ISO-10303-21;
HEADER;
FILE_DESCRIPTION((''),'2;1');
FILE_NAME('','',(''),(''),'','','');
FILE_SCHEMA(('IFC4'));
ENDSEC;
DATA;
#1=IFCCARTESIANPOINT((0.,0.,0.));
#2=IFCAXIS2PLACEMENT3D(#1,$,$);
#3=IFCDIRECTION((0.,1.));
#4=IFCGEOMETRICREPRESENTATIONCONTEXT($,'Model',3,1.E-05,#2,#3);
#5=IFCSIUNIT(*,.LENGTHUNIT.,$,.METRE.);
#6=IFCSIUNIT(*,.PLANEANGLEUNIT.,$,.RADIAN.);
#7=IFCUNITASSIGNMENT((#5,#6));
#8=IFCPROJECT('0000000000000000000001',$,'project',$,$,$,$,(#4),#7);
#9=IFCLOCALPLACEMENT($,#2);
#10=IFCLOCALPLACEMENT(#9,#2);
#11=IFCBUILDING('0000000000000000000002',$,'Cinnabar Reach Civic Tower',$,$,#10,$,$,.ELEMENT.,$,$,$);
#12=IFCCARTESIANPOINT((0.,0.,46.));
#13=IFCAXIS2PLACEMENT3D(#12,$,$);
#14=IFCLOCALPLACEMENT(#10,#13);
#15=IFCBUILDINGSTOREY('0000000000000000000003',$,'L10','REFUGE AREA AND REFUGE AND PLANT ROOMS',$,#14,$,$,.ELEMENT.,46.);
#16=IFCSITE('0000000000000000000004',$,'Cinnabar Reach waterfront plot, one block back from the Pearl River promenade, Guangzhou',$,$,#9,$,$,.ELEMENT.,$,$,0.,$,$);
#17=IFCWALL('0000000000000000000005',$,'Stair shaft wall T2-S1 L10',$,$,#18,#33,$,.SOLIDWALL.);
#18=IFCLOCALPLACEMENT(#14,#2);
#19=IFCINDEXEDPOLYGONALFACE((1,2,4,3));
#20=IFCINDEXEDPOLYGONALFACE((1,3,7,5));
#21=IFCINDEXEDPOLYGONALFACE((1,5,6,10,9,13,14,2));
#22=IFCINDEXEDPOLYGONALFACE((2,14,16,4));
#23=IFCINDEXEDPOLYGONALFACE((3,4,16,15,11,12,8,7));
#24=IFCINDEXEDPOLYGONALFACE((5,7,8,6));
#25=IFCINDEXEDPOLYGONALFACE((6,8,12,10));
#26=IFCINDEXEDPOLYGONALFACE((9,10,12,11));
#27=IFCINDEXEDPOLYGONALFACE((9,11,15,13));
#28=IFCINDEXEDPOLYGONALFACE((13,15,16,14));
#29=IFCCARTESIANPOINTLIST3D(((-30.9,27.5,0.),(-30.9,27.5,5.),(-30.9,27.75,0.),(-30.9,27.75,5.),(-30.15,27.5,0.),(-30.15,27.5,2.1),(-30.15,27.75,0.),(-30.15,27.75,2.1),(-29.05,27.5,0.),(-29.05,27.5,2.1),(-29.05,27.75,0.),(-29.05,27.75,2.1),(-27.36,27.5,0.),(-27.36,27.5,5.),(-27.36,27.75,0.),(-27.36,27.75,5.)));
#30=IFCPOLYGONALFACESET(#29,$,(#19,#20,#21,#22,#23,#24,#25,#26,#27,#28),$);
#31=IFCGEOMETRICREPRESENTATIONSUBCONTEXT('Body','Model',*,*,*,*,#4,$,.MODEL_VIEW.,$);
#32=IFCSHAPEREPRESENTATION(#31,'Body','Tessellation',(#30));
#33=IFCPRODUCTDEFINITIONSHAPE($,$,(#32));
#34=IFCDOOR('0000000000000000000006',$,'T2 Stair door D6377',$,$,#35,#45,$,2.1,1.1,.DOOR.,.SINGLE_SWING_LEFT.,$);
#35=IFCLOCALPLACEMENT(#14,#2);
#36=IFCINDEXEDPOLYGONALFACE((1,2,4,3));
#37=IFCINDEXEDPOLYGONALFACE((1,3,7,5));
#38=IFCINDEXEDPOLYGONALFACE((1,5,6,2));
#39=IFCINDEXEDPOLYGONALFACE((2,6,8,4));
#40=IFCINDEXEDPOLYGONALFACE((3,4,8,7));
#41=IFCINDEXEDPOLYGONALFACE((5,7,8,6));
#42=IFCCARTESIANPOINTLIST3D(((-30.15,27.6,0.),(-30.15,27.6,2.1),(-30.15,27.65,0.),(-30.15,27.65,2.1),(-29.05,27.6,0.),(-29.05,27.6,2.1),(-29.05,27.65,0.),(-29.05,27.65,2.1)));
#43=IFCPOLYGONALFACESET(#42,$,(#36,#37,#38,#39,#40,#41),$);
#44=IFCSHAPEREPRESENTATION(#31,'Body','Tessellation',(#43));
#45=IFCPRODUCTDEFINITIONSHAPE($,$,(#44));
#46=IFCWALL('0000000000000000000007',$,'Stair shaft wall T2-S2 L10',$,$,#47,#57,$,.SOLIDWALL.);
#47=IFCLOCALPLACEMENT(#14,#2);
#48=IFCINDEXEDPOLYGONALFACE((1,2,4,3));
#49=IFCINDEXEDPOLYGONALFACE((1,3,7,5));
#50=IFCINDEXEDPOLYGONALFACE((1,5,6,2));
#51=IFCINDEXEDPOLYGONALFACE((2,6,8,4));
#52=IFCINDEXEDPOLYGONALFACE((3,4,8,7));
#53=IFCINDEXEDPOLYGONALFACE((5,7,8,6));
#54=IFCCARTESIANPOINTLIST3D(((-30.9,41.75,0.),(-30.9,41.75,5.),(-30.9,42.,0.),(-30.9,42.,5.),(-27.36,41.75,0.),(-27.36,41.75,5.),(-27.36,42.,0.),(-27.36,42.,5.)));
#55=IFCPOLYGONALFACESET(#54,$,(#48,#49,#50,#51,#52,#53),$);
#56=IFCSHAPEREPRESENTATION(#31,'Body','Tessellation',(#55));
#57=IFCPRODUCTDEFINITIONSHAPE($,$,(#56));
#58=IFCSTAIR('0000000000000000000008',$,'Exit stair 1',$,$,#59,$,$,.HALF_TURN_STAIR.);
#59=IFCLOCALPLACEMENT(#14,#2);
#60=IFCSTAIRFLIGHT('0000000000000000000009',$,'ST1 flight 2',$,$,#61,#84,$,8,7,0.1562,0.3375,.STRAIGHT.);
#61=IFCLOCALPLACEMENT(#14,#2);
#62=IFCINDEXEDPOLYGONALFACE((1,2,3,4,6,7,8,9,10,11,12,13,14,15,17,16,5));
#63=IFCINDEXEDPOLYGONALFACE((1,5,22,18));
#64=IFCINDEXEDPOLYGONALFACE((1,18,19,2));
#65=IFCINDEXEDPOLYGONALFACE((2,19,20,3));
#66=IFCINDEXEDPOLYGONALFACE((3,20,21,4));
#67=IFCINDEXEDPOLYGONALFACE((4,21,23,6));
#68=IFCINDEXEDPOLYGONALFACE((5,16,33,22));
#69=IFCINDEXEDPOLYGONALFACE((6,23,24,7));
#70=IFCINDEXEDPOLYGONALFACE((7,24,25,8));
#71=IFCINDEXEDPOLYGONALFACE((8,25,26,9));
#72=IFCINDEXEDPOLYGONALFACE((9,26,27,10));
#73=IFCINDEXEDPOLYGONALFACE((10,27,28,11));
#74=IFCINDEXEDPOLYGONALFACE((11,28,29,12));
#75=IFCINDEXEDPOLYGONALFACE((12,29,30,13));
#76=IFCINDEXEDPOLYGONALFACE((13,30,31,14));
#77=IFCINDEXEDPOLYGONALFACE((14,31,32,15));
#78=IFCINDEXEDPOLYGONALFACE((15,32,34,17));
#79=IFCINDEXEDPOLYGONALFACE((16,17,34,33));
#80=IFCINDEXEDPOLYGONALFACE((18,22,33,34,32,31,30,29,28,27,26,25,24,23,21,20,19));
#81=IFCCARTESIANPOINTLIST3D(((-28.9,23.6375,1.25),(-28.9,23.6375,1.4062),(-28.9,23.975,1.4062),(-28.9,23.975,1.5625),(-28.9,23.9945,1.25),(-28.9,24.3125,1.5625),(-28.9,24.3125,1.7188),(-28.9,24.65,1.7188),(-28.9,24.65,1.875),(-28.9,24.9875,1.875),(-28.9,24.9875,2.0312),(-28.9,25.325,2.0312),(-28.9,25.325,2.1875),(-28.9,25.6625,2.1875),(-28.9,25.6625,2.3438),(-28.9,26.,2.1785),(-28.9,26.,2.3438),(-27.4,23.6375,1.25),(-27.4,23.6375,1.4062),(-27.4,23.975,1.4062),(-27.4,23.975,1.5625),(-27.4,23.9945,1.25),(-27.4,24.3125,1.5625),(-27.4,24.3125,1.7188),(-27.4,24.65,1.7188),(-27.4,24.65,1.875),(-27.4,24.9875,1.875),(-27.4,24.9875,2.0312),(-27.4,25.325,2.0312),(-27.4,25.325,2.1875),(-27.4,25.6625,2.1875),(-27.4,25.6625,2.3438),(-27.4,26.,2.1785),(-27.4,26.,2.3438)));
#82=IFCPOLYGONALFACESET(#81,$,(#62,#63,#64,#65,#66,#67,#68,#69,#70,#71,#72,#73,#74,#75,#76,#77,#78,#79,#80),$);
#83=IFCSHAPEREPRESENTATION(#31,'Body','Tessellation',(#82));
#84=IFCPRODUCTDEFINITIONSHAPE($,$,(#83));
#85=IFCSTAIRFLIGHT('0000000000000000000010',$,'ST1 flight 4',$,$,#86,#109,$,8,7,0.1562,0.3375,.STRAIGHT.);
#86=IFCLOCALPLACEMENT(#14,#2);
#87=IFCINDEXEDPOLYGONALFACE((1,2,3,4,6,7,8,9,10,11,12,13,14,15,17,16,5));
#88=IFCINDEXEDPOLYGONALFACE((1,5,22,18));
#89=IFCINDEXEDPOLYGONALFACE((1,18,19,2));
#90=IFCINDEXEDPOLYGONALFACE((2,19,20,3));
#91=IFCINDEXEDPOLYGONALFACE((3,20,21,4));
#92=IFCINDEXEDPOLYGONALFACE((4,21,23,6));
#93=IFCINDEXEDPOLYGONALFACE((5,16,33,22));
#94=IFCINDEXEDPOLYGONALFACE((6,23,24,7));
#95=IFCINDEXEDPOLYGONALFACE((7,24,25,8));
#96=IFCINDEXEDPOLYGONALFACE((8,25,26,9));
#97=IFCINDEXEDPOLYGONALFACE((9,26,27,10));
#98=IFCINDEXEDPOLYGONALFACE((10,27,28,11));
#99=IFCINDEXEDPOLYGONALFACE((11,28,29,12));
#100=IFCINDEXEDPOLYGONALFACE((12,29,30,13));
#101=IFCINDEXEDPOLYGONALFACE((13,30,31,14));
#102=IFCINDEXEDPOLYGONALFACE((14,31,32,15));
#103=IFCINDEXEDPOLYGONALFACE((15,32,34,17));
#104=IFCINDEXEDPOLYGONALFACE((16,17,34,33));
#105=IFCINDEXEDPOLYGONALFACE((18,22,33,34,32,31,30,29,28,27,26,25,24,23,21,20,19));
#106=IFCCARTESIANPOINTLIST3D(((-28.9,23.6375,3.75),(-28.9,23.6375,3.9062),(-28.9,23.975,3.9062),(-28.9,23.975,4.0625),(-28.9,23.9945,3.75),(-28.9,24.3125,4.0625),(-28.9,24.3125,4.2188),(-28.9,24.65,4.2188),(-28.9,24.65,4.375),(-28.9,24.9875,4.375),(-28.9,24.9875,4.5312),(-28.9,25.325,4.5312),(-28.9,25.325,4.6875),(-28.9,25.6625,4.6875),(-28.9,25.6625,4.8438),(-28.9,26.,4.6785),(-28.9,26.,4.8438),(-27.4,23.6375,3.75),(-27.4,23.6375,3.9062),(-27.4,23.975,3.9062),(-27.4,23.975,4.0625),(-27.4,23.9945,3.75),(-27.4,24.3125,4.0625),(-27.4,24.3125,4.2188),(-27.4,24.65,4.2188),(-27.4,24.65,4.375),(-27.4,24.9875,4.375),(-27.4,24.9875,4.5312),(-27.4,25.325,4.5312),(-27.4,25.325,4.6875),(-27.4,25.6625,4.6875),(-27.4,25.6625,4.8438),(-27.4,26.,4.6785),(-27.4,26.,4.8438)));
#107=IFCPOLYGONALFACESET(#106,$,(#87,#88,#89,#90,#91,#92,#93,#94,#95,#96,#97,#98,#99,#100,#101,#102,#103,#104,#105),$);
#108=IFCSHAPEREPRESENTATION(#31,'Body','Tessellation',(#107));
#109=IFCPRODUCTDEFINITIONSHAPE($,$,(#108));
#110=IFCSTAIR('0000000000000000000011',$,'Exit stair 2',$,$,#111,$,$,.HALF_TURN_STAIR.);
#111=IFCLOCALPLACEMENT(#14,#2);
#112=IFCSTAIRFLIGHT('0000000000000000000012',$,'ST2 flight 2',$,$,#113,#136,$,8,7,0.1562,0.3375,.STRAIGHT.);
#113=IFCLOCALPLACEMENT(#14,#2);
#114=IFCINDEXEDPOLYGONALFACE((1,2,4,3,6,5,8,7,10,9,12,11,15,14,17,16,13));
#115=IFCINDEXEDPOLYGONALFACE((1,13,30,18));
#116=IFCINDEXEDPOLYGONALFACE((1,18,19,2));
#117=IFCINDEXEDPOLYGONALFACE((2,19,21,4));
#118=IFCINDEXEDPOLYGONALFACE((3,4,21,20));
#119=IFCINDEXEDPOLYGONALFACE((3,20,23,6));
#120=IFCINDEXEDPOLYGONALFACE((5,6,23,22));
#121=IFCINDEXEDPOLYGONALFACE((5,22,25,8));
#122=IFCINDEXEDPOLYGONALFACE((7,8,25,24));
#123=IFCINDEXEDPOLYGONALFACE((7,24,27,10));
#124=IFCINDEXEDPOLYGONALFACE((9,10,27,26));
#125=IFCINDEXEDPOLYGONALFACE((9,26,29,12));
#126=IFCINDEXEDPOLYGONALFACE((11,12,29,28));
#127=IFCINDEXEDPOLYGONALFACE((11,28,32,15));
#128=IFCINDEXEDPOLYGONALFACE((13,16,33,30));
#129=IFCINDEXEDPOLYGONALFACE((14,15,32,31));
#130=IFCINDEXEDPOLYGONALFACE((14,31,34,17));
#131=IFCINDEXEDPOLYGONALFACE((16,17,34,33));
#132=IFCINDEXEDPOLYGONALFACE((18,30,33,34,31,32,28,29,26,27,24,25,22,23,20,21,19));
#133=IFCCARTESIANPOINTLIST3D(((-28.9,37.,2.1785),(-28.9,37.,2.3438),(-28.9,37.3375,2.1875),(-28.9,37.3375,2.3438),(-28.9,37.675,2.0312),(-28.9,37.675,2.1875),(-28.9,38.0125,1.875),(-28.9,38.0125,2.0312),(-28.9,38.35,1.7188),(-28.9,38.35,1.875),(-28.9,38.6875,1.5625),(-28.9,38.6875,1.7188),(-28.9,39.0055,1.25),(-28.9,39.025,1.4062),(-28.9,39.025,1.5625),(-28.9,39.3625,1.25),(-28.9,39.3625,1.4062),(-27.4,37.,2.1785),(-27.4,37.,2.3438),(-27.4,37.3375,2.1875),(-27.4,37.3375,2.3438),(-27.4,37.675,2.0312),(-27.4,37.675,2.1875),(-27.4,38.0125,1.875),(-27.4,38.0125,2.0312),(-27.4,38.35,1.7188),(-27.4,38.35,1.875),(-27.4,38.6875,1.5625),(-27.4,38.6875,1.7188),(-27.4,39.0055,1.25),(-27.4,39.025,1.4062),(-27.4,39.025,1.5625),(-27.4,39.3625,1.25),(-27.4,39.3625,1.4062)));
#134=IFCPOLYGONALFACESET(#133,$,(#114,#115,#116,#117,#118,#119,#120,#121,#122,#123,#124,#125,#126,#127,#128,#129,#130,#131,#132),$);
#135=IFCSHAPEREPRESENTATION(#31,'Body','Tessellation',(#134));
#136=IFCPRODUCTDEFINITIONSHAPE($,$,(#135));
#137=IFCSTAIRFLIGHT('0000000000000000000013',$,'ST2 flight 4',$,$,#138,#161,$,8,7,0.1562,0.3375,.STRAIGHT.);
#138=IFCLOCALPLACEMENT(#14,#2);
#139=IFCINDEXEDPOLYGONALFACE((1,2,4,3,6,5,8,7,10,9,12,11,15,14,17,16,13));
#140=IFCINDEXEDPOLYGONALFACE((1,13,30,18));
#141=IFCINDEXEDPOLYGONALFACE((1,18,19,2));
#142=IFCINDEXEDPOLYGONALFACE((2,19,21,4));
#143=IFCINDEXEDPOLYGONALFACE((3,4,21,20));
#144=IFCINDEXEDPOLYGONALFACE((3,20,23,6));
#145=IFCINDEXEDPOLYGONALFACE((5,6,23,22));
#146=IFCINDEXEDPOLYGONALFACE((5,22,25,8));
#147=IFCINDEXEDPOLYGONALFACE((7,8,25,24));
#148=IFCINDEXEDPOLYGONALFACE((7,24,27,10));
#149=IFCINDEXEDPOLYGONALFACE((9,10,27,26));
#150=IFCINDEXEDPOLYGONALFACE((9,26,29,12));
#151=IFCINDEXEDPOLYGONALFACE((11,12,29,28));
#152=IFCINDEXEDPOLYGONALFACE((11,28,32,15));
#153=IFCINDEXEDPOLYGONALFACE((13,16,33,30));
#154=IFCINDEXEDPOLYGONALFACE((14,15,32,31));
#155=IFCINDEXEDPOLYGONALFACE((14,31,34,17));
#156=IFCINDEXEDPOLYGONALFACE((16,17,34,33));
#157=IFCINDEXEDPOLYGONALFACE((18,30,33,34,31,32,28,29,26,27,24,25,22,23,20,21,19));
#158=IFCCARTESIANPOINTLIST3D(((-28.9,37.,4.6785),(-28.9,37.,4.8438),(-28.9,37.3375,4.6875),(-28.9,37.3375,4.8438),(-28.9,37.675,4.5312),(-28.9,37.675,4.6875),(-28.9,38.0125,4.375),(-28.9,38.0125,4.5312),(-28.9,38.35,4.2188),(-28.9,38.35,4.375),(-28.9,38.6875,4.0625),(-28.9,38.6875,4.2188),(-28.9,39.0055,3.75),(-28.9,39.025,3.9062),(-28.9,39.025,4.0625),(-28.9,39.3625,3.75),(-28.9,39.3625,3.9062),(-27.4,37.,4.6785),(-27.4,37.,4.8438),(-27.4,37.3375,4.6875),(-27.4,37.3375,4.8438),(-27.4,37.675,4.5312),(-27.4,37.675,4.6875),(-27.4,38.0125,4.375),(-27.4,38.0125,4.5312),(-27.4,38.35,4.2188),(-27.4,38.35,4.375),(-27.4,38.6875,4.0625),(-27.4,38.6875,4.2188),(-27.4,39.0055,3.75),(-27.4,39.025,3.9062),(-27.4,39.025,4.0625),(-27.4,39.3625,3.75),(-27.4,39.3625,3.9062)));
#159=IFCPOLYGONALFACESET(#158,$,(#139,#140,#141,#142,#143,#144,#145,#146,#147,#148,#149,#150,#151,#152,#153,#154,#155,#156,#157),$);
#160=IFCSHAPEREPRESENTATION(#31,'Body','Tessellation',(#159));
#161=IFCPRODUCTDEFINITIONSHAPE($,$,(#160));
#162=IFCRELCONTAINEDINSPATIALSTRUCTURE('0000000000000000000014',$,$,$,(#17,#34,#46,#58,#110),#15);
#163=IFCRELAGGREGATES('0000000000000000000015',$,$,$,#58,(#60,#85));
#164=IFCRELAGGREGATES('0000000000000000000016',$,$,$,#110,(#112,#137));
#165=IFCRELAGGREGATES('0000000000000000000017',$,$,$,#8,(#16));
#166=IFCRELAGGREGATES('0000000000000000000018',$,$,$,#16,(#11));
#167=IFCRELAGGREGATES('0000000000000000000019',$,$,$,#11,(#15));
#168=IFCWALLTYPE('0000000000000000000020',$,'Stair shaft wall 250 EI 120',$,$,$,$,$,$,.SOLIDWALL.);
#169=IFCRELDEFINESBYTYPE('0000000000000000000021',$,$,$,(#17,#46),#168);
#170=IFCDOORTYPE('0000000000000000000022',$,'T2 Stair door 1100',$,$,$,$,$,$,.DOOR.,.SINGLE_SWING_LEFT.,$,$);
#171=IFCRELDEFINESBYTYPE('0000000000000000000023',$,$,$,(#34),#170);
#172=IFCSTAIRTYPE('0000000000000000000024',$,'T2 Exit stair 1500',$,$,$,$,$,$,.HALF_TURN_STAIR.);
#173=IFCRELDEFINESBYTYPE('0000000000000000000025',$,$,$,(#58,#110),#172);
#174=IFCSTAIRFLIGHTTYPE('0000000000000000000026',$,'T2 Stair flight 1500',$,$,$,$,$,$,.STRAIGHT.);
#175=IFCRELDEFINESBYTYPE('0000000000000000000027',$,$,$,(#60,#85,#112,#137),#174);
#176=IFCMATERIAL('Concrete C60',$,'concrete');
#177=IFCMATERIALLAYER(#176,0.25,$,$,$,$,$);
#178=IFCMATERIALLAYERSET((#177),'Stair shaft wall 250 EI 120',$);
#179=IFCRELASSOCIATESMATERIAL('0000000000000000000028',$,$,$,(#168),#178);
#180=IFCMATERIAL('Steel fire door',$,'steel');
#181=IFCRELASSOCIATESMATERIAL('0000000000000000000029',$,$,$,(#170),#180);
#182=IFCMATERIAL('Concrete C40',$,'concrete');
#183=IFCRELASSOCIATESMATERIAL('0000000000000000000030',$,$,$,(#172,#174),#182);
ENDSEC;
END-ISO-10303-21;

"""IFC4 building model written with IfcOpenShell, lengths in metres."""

from ifc_helpers import new_model, si_unit, direction, frame, frame_2d, origin, place, context, subcontext, project, spatial, polyline, rectangle, outline, extrude, material, layer, layer_set, type_object, element, fill, aggregate, save


model = new_model("IFC4")

# Units and contexts
model_context = context("Model", 3, precision=1e-05, world=origin(), true_north=direction((0.0, 1.0)))
body_context = subcontext(model_context, "Body", "Model", "MODEL_VIEW")
ifc_project = project(units=[si_unit("LENGTHUNIT", "METRE"), si_unit("PLANEANGLEUNIT", "RADIAN")], contexts=[model_context])

# Site, building, storey
site_placement = place(None, origin())
site = spatial("IfcSite", under=ifc_project, at=site_placement, Name="Cinnabar Reach waterfront plot, one block back from the Pearl River promenade, Guangzhou", CompositionType="ELEMENT", RefElevation=0.0)
building_placement = place(site_placement, origin())
building = spatial("IfcBuilding", under=site, at=building_placement, Name="Cinnabar Reach Civic Tower", CompositionType="ELEMENT")
storey_placement = place(building_placement, frame((0.0, 0.0, 46.0)))
storey = spatial("IfcBuildingStorey", under=building, at=storey_placement, Name="L10", Description="REFUGE AREA AND REFUGE AND PLANT ROOMS", CompositionType="ELEMENT", Elevation=46.0)

# Shared definitions
ifc_material_1 = material(Name="Concrete C40", Category="concrete")

# Wall, opening, door
ifc_material_2 = material(Name="Concrete C60", Category="concrete")
ifc_layer_1 = layer(ifc_material_2, 0.25)
ifc_layer_set_1 = layer_set([ifc_layer_1], Name="Stair shaft wall 250 EI 120")
wall_type_1 = type_object("IfcWallType", Name="Stair shaft wall 250 EI 120", PredefinedType="SOLIDWALL", material=ifc_layer_set_1)
wall_1_placement = place(storey_placement, frame((-27.36, 27.625, 0.0), z_axis=(0.0, 0.0, 1.0), x_axis=(-1.0, 0.0, 0.0)))
wall_1 = element("IfcWall", 1, at=wall_1_placement, inside=storey, type_object=wall_type_1, Name="Stair shaft wall T2-S1 L10", PredefinedType="SOLIDWALL", context=body_context, shape_type="SweptSolid", body=[
    extrude(rectangle(XDim=3.54, YDim=0.25, at=frame_2d((1.77, 0.0))), origin(), (0.0, 0.0, 1.0), 5.0),
])
opening_1_placement = place(wall_1_placement, frame((1.69, 0.0, 0.0)))
opening_1 = element("IfcOpeningElement", 2, at=opening_1_placement, cuts=wall_1, PredefinedType="OPENING", context=body_context, shape_type="SweptSolid", body=[
    extrude(rectangle(XDim=1.1, YDim=2.1, at=frame_2d((0.55, 1.05))), frame((0.0, 0.135, 0.0), z_axis=(0.0, -1.0, 0.0), x_axis=(1.0, 0.0, 0.0)), (0.0, 0.0, 1.0), 0.27),
])
ifc_material_3 = material(Name="Steel fire door", Category="steel")
door_type = type_object("IfcDoorType", Name="T2 Stair door 1100", OperationType="SINGLE_SWING_LEFT", PredefinedType="DOOR", material=ifc_material_3)
door_placement = place(opening_1_placement, origin())
door = element("IfcDoor", 3, at=door_placement, inside=storey, type_object=door_type, Name="T2 Stair door D6377", OperationType="SINGLE_SWING_LEFT", OverallHeight=2.1, OverallWidth=1.1, PredefinedType="DOOR", context=body_context, shape_type="SweptSolid", body=[
    extrude(rectangle(XDim=1.1, YDim=2.1, at=frame_2d((0.55, 1.05))), frame((0.0, 0.025, 0.0), z_axis=(0.0, -1.0, 0.0), x_axis=(1.0, 0.0, 0.0)), (0.0, 0.0, 1.0), 0.05),
])
fill(opening_1, door)

# Wall
wall_2_placement = place(storey_placement, frame((-27.36, 41.875, 0.0), z_axis=(0.0, 0.0, 1.0), x_axis=(-1.0, 0.0, 0.0)))
element("IfcWall", 4, at=wall_2_placement, inside=storey, type_object=wall_type_1, Name="Stair shaft wall T2-S2 L10", PredefinedType="SOLIDWALL", context=body_context, shape_type="SweptSolid", body=[
    extrude(rectangle(XDim=3.54, YDim=0.25, at=frame_2d((1.77, 0.0))), origin(), (0.0, 0.0, 1.0), 5.0),
])

# Stairs, stair flights
stair_type = type_object("IfcStairType", Name="T2 Exit stair 1500", PredefinedType="HALF_TURN_STAIR", material=ifc_material_1)
stair_1_placement = place(storey_placement, origin())
stair_1 = element("IfcStair", 5, at=stair_1_placement, inside=storey, type_object=stair_type, Name="Exit stair 1", PredefinedType="HALF_TURN_STAIR")
stair_flight_type = type_object("IfcStairFlightType", Name="T2 Stair flight 1500", PredefinedType="STRAIGHT", material=ifc_material_1)
stair_flight_1_placement = place(storey_placement, frame((-28.15, 23.6375, 1.25), z_axis=(0.0, 0.0, 1.0), x_axis=(0.0, 1.0, 0.0)))
stair_flight_1 = element("IfcStairFlight", 6, at=stair_flight_1_placement, type_object=stair_flight_type, Name="ST1 flight 2", NumberOfRisers=8, NumberOfTreads=7, PredefinedType="STRAIGHT", RiserHeight=0.1562, TreadLength=0.3375, context=body_context, shape_type="SweptSolid", body=[
    extrude(outline(polyline([(0.0, 0.0), (0.0, 0.1562), (0.3375, 0.1562), (0.3375, 0.3125), (0.675, 0.3125), (0.675, 0.4688), (1.0125, 0.4688), (1.0125, 0.625), (1.35, 0.625), (1.35, 0.7812), (1.6875, 0.7812), (1.6875, 0.9375), (2.025, 0.9375), (2.025, 1.0938), (2.3625, 1.0938), (2.3625, 1.25), (2.3625, 0.9285), (0.357, 0.0), (0.0, 0.0)])), frame((0.0, 0.75, 0.0), z_axis=(0.0, -1.0, 0.0), x_axis=(1.0, 0.0, 0.0)), (0.0, 0.0, 1.0), 1.5),
])
stair_flight_2_placement = place(storey_placement, frame((-28.15, 23.6375, 3.75), z_axis=(0.0, 0.0, 1.0), x_axis=(0.0, 1.0, 0.0)))
stair_flight_2 = element("IfcStairFlight", 7, at=stair_flight_2_placement, type_object=stair_flight_type, Name="ST1 flight 4", NumberOfRisers=8, NumberOfTreads=7, PredefinedType="STRAIGHT", RiserHeight=0.1562, TreadLength=0.3375, context=body_context, shape_type="SweptSolid", body=[
    extrude(outline(polyline([(0.0, 0.0), (0.0, 0.1562), (0.3375, 0.1562), (0.3375, 0.3125), (0.675, 0.3125), (0.675, 0.4688), (1.0125, 0.4688), (1.0125, 0.625), (1.35, 0.625), (1.35, 0.7812), (1.6875, 0.7812), (1.6875, 0.9375), (2.025, 0.9375), (2.025, 1.0938), (2.3625, 1.0938), (2.3625, 1.25), (2.3625, 0.9285), (0.357, 0.0), (0.0, 0.0)])), frame((0.0, 0.75, 0.0), z_axis=(0.0, -1.0, 0.0), x_axis=(1.0, 0.0, 0.0)), (0.0, 0.0, 1.0), 1.5),
])
aggregate(stair_1, [stair_flight_1, stair_flight_2])
stair_2_placement = place(storey_placement, origin())
stair_2 = element("IfcStair", 8, at=stair_2_placement, inside=storey, type_object=stair_type, Name="Exit stair 2", PredefinedType="HALF_TURN_STAIR")
stair_flight_3_placement = place(storey_placement, frame((-28.15, 39.3625, 1.25), z_axis=(0.0, 0.0, 1.0), x_axis=(0.0, -1.0, 0.0)))
stair_flight_3 = element("IfcStairFlight", 9, at=stair_flight_3_placement, type_object=stair_flight_type, Name="ST2 flight 2", NumberOfRisers=8, NumberOfTreads=7, PredefinedType="STRAIGHT", RiserHeight=0.1562, TreadLength=0.3375, context=body_context, shape_type="SweptSolid", body=[
    extrude(outline(polyline([(0.0, 0.0), (0.0, 0.1562), (0.3375, 0.1562), (0.3375, 0.3125), (0.675, 0.3125), (0.675, 0.4688), (1.0125, 0.4688), (1.0125, 0.625), (1.35, 0.625), (1.35, 0.7812), (1.6875, 0.7812), (1.6875, 0.9375), (2.025, 0.9375), (2.025, 1.0938), (2.3625, 1.0938), (2.3625, 1.25), (2.3625, 0.9285), (0.357, 0.0), (0.0, 0.0)])), frame((0.0, 0.75, 0.0), z_axis=(0.0, -1.0, 0.0), x_axis=(1.0, 0.0, 0.0)), (0.0, 0.0, 1.0), 1.5),
])
stair_flight_4_placement = place(storey_placement, frame((-28.15, 39.3625, 3.75), z_axis=(0.0, 0.0, 1.0), x_axis=(0.0, -1.0, 0.0)))
stair_flight_4 = element("IfcStairFlight", 10, at=stair_flight_4_placement, type_object=stair_flight_type, Name="ST2 flight 4", NumberOfRisers=8, NumberOfTreads=7, PredefinedType="STRAIGHT", RiserHeight=0.1562, TreadLength=0.3375, context=body_context, shape_type="SweptSolid", body=[
    extrude(outline(polyline([(0.0, 0.0), (0.0, 0.1562), (0.3375, 0.1562), (0.3375, 0.3125), (0.675, 0.3125), (0.675, 0.4688), (1.0125, 0.4688), (1.0125, 0.625), (1.35, 0.625), (1.35, 0.7812), (1.6875, 0.7812), (1.6875, 0.9375), (2.025, 0.9375), (2.025, 1.0938), (2.3625, 1.0938), (2.3625, 1.25), (2.3625, 0.9285), (0.357, 0.0), (0.0, 0.0)])), frame((0.0, 0.75, 0.0), z_axis=(0.0, -1.0, 0.0), x_axis=(1.0, 0.0, 0.0)), (0.0, 0.0, 1.0), 1.5),
])
aggregate(stair_2, [stair_flight_3, stair_flight_4])

save(model, "model.ifc")
